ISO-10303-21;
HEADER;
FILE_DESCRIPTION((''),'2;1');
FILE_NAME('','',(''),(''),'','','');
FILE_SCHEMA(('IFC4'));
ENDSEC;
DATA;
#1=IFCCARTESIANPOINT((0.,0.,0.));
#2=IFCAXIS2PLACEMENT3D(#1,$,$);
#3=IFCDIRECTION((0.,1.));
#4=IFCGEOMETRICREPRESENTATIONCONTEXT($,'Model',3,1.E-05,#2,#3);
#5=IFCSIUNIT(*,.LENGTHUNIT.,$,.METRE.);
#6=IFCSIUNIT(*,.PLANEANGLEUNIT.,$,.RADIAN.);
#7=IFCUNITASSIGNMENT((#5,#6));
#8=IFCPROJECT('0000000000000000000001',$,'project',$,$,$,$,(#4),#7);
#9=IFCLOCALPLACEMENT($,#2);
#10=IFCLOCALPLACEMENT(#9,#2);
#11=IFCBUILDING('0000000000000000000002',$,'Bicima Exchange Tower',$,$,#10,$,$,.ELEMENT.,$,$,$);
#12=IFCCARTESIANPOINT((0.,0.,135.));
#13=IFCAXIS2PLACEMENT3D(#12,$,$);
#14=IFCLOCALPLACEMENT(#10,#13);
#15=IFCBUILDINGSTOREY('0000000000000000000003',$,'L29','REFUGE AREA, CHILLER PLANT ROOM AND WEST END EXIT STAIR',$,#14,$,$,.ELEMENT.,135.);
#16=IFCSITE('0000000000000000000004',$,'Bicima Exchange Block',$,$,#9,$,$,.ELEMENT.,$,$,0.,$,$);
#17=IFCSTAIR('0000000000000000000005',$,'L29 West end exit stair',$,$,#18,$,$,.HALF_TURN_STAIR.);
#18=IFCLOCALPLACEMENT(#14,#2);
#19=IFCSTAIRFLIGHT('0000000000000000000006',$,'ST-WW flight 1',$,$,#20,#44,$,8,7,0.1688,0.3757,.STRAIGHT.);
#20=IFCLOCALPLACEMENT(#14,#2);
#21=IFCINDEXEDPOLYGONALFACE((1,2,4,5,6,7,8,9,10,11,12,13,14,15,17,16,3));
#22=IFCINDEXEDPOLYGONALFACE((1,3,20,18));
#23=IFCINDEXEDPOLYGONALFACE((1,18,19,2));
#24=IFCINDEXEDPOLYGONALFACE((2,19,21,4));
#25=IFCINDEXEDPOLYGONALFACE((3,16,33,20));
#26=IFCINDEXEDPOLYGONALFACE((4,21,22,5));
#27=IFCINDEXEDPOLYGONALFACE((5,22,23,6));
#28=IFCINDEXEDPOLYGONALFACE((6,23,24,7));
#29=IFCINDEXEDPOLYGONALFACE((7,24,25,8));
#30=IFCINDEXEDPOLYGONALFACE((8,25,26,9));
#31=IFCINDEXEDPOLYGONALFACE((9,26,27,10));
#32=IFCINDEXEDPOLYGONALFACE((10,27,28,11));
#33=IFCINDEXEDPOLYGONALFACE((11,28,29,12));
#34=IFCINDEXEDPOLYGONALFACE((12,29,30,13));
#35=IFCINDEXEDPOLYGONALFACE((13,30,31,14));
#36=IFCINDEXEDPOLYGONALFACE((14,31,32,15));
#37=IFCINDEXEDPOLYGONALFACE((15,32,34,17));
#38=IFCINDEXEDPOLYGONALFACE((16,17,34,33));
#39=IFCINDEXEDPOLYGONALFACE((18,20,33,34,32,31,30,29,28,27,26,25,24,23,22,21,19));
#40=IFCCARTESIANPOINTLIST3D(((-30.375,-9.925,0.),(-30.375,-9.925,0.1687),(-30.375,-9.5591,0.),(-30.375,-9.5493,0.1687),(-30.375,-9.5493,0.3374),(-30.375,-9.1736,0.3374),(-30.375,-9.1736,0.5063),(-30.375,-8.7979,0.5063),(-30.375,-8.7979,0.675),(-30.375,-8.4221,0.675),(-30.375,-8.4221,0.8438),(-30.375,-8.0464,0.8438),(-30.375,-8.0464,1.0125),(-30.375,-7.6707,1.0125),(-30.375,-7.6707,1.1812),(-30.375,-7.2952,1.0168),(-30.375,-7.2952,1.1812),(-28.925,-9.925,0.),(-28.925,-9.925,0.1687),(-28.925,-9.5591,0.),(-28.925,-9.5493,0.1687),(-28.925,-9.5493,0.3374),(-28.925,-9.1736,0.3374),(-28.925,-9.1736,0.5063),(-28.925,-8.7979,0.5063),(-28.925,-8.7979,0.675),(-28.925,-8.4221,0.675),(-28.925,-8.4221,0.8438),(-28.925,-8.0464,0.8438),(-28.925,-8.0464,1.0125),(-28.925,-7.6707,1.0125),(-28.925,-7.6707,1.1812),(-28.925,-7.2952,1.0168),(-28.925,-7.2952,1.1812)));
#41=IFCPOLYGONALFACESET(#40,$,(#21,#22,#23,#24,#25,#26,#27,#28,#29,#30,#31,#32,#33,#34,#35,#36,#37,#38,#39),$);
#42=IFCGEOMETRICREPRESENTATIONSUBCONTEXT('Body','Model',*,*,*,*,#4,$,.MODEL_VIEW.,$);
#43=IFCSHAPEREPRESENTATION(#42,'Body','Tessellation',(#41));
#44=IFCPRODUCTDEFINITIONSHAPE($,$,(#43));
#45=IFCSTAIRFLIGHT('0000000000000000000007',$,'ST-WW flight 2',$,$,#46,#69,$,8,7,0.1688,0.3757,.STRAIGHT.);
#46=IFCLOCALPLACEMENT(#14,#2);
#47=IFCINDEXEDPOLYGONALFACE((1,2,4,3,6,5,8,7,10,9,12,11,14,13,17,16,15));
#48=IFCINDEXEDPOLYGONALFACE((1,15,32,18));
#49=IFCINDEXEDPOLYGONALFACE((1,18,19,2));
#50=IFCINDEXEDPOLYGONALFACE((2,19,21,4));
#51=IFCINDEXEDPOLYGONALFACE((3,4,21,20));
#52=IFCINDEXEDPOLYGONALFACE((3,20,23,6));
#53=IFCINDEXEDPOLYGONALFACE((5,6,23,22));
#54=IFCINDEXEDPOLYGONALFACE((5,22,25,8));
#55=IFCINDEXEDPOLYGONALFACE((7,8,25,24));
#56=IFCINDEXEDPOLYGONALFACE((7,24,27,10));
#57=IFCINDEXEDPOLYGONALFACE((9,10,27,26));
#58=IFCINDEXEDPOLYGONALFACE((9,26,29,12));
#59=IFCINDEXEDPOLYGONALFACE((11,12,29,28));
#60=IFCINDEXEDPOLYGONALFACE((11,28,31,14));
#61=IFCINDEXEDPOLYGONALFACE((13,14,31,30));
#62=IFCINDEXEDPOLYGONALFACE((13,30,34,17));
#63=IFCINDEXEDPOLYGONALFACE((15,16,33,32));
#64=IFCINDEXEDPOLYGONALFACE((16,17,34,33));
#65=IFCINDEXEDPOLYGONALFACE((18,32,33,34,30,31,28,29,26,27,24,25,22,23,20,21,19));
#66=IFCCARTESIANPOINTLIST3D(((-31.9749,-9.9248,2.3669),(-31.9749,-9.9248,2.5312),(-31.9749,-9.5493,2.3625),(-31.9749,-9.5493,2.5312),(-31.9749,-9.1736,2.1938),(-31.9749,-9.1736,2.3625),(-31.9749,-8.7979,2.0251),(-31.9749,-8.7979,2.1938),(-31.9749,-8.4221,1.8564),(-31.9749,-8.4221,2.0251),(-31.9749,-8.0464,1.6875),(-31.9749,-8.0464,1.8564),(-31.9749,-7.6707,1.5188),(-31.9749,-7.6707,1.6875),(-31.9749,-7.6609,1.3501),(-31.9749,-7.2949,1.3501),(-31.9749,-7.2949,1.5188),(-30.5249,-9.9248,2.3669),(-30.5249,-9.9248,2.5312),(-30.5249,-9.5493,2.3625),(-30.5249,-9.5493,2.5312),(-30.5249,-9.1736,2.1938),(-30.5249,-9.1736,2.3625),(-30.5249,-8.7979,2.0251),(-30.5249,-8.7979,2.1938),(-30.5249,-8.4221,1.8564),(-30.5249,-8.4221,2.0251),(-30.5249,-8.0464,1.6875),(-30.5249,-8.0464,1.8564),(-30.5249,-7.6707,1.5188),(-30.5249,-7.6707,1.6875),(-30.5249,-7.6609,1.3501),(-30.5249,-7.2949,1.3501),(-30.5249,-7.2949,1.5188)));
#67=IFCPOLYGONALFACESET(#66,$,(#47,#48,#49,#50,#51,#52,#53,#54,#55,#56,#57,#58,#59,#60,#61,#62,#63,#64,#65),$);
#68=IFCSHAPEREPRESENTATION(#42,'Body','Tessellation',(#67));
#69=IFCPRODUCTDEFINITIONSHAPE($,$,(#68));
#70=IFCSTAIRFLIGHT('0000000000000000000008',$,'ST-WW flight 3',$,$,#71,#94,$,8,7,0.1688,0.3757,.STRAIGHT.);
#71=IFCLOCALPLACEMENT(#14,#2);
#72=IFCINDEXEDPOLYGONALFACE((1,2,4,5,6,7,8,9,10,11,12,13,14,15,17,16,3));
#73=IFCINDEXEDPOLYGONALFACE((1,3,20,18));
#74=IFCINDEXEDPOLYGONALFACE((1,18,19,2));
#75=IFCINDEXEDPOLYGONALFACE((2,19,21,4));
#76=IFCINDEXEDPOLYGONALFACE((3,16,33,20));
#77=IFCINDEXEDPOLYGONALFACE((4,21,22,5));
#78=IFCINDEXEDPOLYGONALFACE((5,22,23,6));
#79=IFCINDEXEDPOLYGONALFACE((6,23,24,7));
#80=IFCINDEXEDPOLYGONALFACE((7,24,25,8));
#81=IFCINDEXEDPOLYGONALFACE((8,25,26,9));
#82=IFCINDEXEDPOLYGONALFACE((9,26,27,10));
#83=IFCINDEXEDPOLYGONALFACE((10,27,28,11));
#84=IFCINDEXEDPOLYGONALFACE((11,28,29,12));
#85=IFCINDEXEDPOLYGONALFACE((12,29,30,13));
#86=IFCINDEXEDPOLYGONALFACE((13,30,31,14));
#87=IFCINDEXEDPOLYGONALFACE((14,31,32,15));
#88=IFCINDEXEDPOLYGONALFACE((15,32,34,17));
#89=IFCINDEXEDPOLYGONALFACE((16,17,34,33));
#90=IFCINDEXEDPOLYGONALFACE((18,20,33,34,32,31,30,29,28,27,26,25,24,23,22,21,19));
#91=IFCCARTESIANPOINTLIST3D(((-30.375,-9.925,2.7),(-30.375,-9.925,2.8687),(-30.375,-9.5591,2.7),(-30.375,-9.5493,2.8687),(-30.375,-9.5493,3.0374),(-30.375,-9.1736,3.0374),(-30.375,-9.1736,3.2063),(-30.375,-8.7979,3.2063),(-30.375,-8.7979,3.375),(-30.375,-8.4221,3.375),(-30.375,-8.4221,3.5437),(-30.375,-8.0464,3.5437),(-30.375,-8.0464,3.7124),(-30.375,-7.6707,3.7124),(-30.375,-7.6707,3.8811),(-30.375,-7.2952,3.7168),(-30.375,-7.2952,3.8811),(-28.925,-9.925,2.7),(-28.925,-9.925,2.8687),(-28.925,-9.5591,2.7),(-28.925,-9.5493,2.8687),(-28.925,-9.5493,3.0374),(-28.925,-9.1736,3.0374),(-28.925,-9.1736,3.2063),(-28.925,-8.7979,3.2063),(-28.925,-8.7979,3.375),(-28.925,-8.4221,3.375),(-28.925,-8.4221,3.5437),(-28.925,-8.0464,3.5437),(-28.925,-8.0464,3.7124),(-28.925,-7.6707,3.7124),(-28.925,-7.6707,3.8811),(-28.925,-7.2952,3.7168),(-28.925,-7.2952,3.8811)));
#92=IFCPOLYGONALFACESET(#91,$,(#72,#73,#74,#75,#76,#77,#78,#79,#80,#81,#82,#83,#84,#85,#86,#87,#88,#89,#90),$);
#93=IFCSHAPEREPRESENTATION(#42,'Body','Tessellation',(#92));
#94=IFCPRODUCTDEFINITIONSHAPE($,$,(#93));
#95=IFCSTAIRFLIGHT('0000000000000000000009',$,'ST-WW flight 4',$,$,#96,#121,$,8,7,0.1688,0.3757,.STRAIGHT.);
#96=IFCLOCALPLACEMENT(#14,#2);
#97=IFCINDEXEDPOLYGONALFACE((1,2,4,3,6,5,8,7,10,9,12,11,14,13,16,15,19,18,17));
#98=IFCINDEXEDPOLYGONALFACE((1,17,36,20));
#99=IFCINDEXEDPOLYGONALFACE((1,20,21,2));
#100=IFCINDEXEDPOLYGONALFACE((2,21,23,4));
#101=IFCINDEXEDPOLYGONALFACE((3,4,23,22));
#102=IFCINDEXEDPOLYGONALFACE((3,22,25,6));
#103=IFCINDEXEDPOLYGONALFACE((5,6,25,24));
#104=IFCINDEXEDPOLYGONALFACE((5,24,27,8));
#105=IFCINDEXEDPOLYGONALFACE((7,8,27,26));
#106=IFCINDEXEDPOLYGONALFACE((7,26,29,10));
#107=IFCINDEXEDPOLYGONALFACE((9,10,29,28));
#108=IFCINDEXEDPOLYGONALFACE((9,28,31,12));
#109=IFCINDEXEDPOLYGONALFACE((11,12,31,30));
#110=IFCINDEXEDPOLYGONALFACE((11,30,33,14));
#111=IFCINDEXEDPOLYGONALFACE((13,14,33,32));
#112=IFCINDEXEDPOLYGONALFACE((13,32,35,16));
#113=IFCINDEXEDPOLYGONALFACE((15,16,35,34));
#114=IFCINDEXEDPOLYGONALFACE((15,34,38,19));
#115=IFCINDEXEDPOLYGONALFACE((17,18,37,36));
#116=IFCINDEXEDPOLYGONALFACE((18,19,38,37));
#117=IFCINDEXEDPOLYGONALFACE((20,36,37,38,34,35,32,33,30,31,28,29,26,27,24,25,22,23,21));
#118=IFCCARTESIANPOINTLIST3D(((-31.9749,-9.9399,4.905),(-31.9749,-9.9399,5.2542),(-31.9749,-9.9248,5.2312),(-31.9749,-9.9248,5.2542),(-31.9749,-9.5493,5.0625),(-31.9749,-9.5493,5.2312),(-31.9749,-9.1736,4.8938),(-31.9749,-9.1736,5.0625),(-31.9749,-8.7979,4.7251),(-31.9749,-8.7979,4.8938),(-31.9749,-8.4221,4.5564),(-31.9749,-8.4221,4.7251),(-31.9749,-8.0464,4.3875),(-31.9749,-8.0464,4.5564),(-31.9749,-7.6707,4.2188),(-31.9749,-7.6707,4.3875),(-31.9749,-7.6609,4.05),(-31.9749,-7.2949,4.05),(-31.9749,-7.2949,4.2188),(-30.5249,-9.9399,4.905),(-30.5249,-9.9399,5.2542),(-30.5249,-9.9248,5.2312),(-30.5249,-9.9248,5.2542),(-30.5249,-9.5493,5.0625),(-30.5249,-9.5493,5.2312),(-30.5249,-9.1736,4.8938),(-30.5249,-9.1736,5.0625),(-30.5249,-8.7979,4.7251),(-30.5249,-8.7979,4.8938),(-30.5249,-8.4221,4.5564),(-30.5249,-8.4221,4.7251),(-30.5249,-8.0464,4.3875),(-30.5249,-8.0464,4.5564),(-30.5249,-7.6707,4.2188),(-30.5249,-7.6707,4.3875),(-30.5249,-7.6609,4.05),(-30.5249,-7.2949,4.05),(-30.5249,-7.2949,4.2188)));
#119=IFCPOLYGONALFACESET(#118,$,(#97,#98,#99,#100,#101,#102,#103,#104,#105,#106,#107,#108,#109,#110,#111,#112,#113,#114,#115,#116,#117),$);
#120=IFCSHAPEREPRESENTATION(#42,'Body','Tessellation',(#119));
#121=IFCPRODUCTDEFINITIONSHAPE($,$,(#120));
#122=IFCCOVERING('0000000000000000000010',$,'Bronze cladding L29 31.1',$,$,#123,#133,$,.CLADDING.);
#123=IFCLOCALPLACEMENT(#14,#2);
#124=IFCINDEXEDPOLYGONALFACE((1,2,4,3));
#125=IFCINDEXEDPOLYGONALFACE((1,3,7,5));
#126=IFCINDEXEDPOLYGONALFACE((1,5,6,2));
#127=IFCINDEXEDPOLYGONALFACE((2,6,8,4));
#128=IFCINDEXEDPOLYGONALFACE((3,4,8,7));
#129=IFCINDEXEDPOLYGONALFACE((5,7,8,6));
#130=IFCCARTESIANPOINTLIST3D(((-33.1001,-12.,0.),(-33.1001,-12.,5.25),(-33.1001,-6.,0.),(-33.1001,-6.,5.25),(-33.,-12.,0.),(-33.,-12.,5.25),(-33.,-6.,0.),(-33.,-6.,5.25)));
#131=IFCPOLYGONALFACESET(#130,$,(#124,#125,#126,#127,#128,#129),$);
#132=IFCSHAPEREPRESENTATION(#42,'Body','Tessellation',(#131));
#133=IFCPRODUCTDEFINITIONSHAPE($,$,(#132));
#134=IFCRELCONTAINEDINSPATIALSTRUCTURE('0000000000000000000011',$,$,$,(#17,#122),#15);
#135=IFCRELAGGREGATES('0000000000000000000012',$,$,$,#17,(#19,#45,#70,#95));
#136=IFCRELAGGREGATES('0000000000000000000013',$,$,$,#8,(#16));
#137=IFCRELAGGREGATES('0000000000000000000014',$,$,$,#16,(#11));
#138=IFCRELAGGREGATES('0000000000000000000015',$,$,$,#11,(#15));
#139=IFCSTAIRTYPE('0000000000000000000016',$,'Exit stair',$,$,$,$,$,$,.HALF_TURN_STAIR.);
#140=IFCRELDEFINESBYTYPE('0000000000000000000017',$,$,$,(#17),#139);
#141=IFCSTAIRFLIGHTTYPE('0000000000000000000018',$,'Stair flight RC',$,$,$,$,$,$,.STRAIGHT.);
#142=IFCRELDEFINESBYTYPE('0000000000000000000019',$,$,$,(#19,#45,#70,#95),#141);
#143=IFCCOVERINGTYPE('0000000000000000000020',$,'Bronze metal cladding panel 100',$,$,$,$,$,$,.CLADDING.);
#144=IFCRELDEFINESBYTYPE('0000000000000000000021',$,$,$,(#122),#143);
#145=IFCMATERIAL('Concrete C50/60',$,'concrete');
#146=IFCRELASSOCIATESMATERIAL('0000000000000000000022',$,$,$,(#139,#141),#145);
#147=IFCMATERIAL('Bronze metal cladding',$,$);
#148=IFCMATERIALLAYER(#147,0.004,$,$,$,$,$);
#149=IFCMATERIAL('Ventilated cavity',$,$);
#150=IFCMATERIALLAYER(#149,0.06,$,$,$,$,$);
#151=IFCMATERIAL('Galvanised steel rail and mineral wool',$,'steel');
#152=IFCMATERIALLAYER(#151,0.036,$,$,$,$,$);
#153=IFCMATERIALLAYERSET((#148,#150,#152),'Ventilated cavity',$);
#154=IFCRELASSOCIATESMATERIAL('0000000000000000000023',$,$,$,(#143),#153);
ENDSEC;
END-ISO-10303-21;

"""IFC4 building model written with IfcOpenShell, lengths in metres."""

from ifc_helpers import new_model, si_unit, direction, frame, origin, origin_2d, place, context, subcontext, project, spatial, polyline, rectangle, outline, extrude, material, layer, layer_set, type_object, element, aggregate, save


model = new_model("IFC4")

# Units and contexts
model_context = context("Model", 3, precision=1e-05, world=origin(), true_north=direction((0.0, 1.0)))
body_context = subcontext(model_context, "Body", "Model", "MODEL_VIEW")
ifc_project = project(units=[si_unit("LENGTHUNIT", "METRE"), si_unit("PLANEANGLEUNIT", "RADIAN")], contexts=[model_context])

# Site, building, storey
site_placement = place(None, origin())
site = spatial("IfcSite", under=ifc_project, at=site_placement, Name="Bicima Exchange Block", CompositionType="ELEMENT", RefElevation=0.0)
building_placement = place(site_placement, origin())
building = spatial("IfcBuilding", under=site, at=building_placement, Name="Bicima Exchange Tower", CompositionType="ELEMENT")
storey_placement = place(building_placement, frame((0.0, 0.0, 135.0)))
storey = spatial("IfcBuildingStorey", under=building, at=storey_placement, Name="L29", Description="REFUGE AREA, CHILLER PLANT ROOM AND WEST END EXIT STAIR", CompositionType="ELEMENT", Elevation=135.0)

# Shared definitions
ifc_material_1 = material(Name="Concrete C50/60", Category="concrete")

# Stair, stair flights
stair_type = type_object("IfcStairType", Name="Exit stair", PredefinedType="HALF_TURN_STAIR", material=ifc_material_1)
stair_placement = place(storey_placement, origin())
stair = element("IfcStair", 1, at=stair_placement, inside=storey, type_object=stair_type, Name="L29 West end exit stair", PredefinedType="HALF_TURN_STAIR")
stair_flight_type = type_object("IfcStairFlightType", Name="Stair flight RC", PredefinedType="STRAIGHT", material=ifc_material_1)
stair_flight_1_placement = place(storey_placement, frame((-29.6499, -9.925, 0.0), z_axis=(0.0, 0.0, 1.0), x_axis=(0.0, 1.0, 0.0)))
stair_flight_1 = element("IfcStairFlight", 2, at=stair_flight_1_placement, type_object=stair_flight_type, Name="ST-WW flight 1", NumberOfRisers=8, NumberOfTreads=7, PredefinedType="STRAIGHT", RiserHeight=0.1688, TreadLength=0.3757, context=body_context, shape_type="SweptSolid", body=[
    extrude(outline(polyline([(0.0, 0.0), (0.0, 0.1687), (0.3757, 0.1687), (0.3757, 0.3374), (0.7515, 0.3374), (0.7515, 0.5063), (1.1272, 0.5063), (1.1272, 0.675), (1.5029, 0.675), (1.5029, 0.8438), (1.8787, 0.8438), (1.8787, 1.0125), (2.2544, 1.0125), (2.2544, 1.1812), (2.6299, 1.1812), (2.6299, 1.3501), (2.6299, 1.0168), (0.366, 0.0), (0.0, 0.0)])), frame((0.0, 0.7251, 0.0), z_axis=(0.0, -1.0, 0.0), x_axis=(1.0, 0.0, 0.0)), (0.0, 0.0, 1.0), 1.45),
])
stair_flight_2_placement = place(storey_placement, frame((-31.25, -7.2949, 1.3501), z_axis=(0.0, 0.0, 1.0), x_axis=(0.0, -1.0, 0.0)))
stair_flight_2 = element("IfcStairFlight", 3, at=stair_flight_2_placement, type_object=stair_flight_type, Name="ST-WW flight 2", NumberOfRisers=8, NumberOfTreads=7, PredefinedType="STRAIGHT", RiserHeight=0.1688, TreadLength=0.3757, context=body_context, shape_type="SweptSolid", body=[
    extrude(outline(polyline([(0.0, 0.0), (0.0, 0.1687), (0.3757, 0.1687), (0.3757, 0.3374), (0.7515, 0.3374), (0.7515, 0.5063), (1.1272, 0.5063), (1.1272, 0.675), (1.5029, 0.675), (1.5029, 0.8438), (1.8787, 0.8438), (1.8787, 1.0125), (2.2544, 1.0125), (2.2544, 1.1812), (2.6299, 1.1812), (2.6299, 1.3501), (2.6299, 1.0168), (0.366, 0.0), (0.0, 0.0)])), frame((0.0, 0.7251, 0.0), z_axis=(0.0, -1.0, 0.0), x_axis=(1.0, 0.0, 0.0)), (0.0, 0.0, 1.0), 1.45),
])
stair_flight_3_placement = place(storey_placement, frame((-29.6499, -9.925, 2.7), z_axis=(0.0, 0.0, 1.0), x_axis=(0.0, 1.0, 0.0)))
stair_flight_3 = element("IfcStairFlight", 4, at=stair_flight_3_placement, type_object=stair_flight_type, Name="ST-WW flight 3", NumberOfRisers=8, NumberOfTreads=7, PredefinedType="STRAIGHT", RiserHeight=0.1688, TreadLength=0.3757, context=body_context, shape_type="SweptSolid", body=[
    extrude(outline(polyline([(0.0, 0.0), (0.0, 0.1687), (0.3757, 0.1687), (0.3757, 0.3374), (0.7515, 0.3374), (0.7515, 0.5063), (1.1272, 0.5063), (1.1272, 0.675), (1.5029, 0.675), (1.5029, 0.8438), (1.8787, 0.8438), (1.8787, 1.0125), (2.2544, 1.0125), (2.2544, 1.1812), (2.6299, 1.1812), (2.6299, 1.3501), (2.6299, 1.0168), (0.366, 0.0), (0.0, 0.0)])), frame((0.0, 0.7251, 0.0), z_axis=(0.0, -1.0, 0.0), x_axis=(1.0, 0.0, 0.0)), (0.0, 0.0, 1.0), 1.45),
])
stair_flight_4_placement = place(storey_placement, frame((-31.25, -7.2949, 4.05), z_axis=(0.0, 0.0, 1.0), x_axis=(0.0, -1.0, 0.0)))
stair_flight_4 = element("IfcStairFlight", 5, at=stair_flight_4_placement, type_object=stair_flight_type, Name="ST-WW flight 4", NumberOfRisers=8, NumberOfTreads=7, PredefinedType="STRAIGHT", RiserHeight=0.1688, TreadLength=0.3757, context=body_context, shape_type="SweptSolid", body=[
    extrude(outline(polyline([(0.0, 0.0), (0.0, 0.1687), (0.3757, 0.1687), (0.3757, 0.3374), (0.7515, 0.3374), (0.7515, 0.5063), (1.1272, 0.5063), (1.1272, 0.675), (1.5029, 0.675), (1.5029, 0.8438), (1.8787, 0.8438), (1.8787, 1.0125), (2.2544, 1.0125), (2.2544, 1.1812), (2.6299, 1.1812), (2.6299, 1.2041), (2.645, 1.2041), (2.645, 0.855), (0.366, 0.0), (0.0, 0.0)])), frame((0.0, 0.7251, 0.0), z_axis=(0.0, -1.0, 0.0), x_axis=(1.0, 0.0, 0.0)), (0.0, 0.0, 1.0), 1.45),
])
aggregate(stair, [stair_flight_1, stair_flight_2, stair_flight_3, stair_flight_4])

# Covering
ifc_material_2 = material(Name="Bronze metal cladding")
ifc_layer_1 = layer(ifc_material_2, 0.004)
ifc_material_3 = material(Name="Ventilated cavity")
ifc_layer_2 = layer(ifc_material_3, 0.06)
ifc_material_4 = material(Name="Galvanised steel rail and mineral wool", Category="steel")
ifc_layer_3 = layer(ifc_material_4, 0.036)
ifc_layer_set_1 = layer_set([ifc_layer_1, ifc_layer_2, ifc_layer_3], Name="Ventilated cavity")
covering_type = type_object("IfcCoveringType", Name="Bronze metal cladding panel 100", PredefinedType="CLADDING", material=ifc_layer_set_1)
covering_placement = place(storey_placement, frame((-33.05, -9.0, 0.0), z_axis=(0.0, 0.0, 1.0), x_axis=(0.0, -1.0, 0.0)))
element("IfcCovering", 6, at=covering_placement, inside=storey, type_object=covering_type, Name="Bronze cladding L29 31.1", PredefinedType="CLADDING", context=body_context, shape_type="SweptSolid", body=[
    extrude(rectangle(XDim=6.0, YDim=0.1001, at=origin_2d()), origin(), (0.0, 0.0, 1.0), 5.25),
])

save(model, "model.ifc")
